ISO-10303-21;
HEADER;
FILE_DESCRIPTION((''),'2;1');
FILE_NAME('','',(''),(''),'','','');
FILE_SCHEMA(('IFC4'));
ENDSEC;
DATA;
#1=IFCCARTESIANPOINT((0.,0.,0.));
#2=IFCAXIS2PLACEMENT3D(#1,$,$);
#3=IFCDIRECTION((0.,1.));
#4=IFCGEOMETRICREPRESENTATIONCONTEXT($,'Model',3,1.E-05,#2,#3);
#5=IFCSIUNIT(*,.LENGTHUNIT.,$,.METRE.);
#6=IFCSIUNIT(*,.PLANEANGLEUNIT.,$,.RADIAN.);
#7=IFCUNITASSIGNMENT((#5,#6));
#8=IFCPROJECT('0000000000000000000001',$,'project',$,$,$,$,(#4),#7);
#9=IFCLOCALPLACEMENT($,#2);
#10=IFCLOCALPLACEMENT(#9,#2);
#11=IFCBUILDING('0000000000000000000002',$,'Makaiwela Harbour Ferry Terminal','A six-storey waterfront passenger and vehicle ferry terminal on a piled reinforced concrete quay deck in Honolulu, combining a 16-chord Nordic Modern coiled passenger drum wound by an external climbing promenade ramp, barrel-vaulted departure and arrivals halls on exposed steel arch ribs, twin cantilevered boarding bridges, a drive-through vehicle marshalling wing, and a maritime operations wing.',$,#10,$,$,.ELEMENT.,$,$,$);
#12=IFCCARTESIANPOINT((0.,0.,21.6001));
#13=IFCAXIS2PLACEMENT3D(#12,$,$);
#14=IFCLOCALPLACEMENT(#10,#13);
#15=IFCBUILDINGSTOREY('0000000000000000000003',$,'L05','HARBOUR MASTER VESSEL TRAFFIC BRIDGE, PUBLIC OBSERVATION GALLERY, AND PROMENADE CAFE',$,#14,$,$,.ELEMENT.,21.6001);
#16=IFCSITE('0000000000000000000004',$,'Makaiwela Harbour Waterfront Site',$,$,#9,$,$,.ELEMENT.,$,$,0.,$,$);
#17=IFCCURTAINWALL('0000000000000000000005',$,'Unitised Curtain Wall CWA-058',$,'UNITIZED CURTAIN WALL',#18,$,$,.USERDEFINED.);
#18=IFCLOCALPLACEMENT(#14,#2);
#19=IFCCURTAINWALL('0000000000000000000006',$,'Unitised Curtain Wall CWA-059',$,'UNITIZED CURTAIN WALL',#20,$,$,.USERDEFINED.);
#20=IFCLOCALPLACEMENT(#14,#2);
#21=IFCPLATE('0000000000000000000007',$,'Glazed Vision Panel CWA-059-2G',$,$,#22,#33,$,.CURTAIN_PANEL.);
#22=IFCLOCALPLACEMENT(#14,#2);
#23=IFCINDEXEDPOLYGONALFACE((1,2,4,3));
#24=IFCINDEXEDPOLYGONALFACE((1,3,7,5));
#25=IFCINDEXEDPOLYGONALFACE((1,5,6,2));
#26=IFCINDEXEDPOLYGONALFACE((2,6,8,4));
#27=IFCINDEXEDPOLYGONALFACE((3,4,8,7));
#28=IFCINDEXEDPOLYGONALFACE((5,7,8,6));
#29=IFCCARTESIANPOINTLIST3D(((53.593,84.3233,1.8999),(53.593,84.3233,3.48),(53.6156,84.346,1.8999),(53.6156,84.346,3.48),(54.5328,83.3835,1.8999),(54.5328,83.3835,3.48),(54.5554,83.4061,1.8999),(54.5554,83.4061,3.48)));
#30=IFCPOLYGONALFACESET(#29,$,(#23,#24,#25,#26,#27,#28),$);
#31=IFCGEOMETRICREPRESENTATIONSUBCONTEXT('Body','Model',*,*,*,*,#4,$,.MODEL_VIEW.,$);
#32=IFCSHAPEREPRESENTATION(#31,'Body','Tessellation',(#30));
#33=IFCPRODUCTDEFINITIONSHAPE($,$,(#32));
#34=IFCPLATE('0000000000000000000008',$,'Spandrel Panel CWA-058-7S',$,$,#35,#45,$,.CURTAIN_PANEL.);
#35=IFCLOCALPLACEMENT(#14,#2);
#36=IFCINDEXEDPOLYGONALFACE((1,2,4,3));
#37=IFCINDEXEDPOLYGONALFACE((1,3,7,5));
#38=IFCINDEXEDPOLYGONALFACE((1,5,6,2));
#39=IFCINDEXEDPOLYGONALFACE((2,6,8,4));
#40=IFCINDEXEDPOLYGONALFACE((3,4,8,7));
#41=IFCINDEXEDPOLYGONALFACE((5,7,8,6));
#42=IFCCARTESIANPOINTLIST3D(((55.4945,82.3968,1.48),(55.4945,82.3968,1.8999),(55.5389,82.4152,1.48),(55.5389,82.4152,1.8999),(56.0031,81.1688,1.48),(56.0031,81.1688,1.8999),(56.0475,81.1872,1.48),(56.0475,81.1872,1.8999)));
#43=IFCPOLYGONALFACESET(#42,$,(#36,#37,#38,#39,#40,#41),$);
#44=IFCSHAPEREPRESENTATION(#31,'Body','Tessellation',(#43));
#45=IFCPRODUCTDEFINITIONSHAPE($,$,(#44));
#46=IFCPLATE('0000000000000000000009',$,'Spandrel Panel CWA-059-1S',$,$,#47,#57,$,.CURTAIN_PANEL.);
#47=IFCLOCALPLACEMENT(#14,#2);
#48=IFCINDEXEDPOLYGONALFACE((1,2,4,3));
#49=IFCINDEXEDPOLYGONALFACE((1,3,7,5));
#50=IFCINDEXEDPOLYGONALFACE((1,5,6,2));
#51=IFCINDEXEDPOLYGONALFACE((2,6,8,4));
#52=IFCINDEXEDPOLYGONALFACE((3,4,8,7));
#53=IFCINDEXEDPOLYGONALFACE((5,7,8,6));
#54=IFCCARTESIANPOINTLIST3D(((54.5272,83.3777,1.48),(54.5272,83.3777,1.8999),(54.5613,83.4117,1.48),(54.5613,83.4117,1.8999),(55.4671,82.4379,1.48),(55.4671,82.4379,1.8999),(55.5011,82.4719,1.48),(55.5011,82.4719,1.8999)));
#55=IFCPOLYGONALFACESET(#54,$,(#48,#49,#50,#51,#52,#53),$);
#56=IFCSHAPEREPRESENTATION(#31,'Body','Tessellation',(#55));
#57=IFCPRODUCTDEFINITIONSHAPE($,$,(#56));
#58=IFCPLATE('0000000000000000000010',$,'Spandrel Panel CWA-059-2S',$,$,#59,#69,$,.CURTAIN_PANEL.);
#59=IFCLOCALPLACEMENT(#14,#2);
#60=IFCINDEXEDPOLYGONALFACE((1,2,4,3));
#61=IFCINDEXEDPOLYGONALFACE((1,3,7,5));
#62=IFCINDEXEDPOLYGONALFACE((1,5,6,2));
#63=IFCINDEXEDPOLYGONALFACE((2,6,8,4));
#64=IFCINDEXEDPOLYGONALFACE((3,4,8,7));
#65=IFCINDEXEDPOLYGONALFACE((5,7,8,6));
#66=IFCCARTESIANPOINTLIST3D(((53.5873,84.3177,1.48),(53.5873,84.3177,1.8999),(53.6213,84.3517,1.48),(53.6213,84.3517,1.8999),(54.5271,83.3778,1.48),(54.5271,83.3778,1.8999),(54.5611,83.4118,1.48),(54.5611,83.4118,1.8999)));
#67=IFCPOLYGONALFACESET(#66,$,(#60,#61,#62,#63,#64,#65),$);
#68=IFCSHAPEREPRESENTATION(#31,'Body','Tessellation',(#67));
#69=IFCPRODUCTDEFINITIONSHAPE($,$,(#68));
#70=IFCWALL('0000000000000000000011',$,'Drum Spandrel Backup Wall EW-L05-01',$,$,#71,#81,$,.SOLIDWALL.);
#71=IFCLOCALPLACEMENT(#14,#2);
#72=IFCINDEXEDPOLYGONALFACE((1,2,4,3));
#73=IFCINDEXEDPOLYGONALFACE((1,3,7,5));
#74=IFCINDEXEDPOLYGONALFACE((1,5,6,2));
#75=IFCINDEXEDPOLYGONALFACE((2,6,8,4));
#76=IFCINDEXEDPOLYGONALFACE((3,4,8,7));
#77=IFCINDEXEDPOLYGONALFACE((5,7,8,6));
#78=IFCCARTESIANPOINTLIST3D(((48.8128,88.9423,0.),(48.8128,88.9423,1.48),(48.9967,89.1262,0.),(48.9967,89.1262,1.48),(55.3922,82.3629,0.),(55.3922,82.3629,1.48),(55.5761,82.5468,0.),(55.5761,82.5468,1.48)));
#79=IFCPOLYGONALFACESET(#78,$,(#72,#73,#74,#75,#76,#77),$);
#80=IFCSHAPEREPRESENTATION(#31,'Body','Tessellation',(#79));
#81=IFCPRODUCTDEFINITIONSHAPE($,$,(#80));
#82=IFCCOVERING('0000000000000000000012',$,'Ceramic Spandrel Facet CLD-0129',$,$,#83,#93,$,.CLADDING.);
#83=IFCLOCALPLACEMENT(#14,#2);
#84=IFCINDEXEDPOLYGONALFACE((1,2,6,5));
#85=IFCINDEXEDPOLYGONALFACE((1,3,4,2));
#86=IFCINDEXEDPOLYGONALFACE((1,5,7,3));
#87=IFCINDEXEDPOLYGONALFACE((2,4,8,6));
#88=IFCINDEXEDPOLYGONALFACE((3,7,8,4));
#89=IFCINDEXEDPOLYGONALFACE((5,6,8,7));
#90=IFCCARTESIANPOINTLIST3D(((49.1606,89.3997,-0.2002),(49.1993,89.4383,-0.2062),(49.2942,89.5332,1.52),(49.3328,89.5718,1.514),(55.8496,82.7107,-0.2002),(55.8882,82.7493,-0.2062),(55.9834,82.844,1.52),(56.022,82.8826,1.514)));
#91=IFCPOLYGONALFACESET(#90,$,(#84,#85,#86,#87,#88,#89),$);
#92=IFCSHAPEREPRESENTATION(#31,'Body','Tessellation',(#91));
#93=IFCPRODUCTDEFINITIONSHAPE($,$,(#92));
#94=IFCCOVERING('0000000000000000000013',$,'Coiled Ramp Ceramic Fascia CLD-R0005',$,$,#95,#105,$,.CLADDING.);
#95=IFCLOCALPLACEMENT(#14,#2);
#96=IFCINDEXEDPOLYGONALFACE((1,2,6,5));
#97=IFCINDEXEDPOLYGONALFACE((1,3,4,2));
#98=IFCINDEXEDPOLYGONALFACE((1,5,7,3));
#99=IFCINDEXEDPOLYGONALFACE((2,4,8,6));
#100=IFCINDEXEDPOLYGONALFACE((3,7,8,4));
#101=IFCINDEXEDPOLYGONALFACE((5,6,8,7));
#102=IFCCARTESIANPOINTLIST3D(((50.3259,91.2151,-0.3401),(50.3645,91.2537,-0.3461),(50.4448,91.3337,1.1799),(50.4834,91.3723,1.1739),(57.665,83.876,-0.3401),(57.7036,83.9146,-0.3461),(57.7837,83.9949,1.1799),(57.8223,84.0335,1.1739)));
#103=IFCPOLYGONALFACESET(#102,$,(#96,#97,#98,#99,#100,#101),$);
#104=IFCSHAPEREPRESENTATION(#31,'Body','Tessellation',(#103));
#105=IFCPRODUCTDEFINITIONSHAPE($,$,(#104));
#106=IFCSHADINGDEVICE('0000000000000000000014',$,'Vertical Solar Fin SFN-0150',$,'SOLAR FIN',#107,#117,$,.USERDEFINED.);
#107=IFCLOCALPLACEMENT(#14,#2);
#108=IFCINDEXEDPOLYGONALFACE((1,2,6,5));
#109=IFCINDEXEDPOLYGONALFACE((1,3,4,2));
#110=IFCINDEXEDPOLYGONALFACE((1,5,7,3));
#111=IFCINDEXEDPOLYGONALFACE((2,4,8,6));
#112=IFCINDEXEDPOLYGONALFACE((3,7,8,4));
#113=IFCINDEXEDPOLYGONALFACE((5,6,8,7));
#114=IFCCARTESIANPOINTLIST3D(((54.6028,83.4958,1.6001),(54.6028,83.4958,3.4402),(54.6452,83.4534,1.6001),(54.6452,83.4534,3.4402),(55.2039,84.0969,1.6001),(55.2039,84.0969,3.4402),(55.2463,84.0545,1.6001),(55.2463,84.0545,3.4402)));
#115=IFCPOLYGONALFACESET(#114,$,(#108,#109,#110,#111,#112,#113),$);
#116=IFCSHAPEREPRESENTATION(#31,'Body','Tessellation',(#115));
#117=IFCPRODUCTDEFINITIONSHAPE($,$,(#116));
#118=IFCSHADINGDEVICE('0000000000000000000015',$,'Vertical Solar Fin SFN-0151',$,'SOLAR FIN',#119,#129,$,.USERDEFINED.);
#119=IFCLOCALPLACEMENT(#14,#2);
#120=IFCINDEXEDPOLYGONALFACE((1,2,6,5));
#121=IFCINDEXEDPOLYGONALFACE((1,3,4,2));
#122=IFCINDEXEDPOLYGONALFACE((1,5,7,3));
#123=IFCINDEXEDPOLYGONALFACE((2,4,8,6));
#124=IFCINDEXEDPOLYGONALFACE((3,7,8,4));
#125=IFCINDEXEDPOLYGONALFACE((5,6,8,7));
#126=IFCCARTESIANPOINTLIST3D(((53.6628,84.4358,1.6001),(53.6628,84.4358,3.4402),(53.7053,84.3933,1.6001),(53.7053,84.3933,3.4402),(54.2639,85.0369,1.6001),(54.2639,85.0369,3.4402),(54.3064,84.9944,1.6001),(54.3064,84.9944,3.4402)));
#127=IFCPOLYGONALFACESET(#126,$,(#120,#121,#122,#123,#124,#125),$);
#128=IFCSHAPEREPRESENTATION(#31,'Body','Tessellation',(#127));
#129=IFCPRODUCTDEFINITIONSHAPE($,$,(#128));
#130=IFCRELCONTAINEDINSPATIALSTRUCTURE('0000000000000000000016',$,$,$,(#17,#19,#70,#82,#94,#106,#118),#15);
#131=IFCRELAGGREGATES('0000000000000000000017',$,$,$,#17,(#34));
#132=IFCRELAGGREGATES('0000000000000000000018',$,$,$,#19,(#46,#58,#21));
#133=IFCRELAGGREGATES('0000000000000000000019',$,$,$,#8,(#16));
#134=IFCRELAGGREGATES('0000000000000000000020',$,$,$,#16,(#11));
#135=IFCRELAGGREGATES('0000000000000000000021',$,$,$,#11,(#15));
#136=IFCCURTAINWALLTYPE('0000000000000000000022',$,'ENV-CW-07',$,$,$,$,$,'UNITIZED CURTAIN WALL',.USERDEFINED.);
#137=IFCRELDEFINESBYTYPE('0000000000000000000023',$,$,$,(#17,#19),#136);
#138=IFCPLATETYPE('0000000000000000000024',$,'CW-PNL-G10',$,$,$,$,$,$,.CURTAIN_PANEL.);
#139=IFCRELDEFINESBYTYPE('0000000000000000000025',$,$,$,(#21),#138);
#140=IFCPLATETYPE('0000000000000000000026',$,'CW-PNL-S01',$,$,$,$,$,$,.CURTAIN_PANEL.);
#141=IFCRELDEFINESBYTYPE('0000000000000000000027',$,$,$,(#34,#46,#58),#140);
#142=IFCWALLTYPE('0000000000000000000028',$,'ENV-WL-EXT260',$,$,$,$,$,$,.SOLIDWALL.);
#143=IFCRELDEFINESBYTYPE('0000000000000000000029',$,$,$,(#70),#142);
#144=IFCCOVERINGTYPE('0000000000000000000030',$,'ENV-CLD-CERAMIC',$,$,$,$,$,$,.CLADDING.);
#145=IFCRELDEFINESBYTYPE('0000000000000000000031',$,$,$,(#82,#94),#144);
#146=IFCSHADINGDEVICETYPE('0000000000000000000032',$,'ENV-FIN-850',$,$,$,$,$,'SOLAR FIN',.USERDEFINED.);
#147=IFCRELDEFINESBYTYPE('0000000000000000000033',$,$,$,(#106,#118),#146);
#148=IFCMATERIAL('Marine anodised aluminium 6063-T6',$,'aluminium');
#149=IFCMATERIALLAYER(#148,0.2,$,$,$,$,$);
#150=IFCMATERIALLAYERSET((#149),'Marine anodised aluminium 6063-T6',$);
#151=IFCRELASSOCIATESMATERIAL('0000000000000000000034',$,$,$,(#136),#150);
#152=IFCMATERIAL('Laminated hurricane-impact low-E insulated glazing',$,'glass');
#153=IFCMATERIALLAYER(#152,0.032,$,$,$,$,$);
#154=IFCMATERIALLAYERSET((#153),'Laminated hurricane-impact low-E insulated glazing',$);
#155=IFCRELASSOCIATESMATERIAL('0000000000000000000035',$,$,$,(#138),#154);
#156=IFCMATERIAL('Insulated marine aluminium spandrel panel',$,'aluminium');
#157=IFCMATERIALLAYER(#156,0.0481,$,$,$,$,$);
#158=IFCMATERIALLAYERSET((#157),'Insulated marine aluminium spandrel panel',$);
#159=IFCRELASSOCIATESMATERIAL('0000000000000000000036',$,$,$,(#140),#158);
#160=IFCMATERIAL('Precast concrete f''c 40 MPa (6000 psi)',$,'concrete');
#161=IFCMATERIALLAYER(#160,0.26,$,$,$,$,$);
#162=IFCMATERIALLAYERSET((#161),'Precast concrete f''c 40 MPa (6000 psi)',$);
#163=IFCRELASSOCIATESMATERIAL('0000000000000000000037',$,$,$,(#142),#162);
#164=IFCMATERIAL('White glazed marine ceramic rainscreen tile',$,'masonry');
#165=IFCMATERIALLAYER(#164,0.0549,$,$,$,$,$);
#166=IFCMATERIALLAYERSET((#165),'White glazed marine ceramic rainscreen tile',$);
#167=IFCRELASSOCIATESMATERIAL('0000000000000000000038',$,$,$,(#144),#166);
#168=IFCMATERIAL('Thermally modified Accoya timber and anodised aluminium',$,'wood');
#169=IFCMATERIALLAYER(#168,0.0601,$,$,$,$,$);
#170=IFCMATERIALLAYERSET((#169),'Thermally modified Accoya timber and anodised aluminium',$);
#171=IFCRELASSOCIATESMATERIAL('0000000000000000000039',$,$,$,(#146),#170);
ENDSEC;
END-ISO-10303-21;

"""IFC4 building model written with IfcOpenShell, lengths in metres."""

from ifc_helpers import new_model, si_unit, direction, frame, frame_2d, origin, origin_2d, place, context, subcontext, project, spatial, polyline, rectangle, outline, extrude, material, layer, layer_set, type_object, element, aggregate, save


model = new_model("IFC4")

# Units and contexts
model_context = context("Model", 3, precision=1e-05, world=origin(), true_north=direction((0.0, 1.0)))
body_context = subcontext(model_context, "Body", "Model", "MODEL_VIEW")
ifc_project = project(units=[si_unit("LENGTHUNIT", "METRE"), si_unit("PLANEANGLEUNIT", "RADIAN")], contexts=[model_context])

# Site, building, storey
site_placement = place(None, origin())
site = spatial("IfcSite", under=ifc_project, at=site_placement, Name="Makaiwela Harbour Waterfront Site", CompositionType="ELEMENT", RefElevation=0.0)
building_placement = place(site_placement, origin())
building = spatial("IfcBuilding", under=site, at=building_placement, Name="Makaiwela Harbour Ferry Terminal", Description="A six-storey waterfront passenger and vehicle ferry terminal on a piled reinforced concrete quay deck in Honolulu, combining a 16-chord Nordic Modern coiled passenger drum wound by an external climbing promenade ramp, barrel-vaulted departure and arrivals halls on exposed steel arch ribs, twin cantilevered boarding bridges, a drive-through vehicle marshalling wing, and a maritime operations wing.", CompositionType="ELEMENT")
storey_placement = place(building_placement, frame((0.0, 0.0, 21.6001)))
storey = spatial("IfcBuildingStorey", under=building, at=storey_placement, Name="L05", Description="HARBOUR MASTER VESSEL TRAFFIC BRIDGE, PUBLIC OBSERVATION GALLERY, AND PROMENADE CAFE", CompositionType="ELEMENT", Elevation=21.6001)

# Curtain wall
ifc_material_1 = material(Name="Marine anodised aluminium 6063-T6", Category="aluminium")
ifc_layer_1 = layer(ifc_material_1, 0.2)
ifc_layer_set_1 = layer_set([ifc_layer_1], Name="Marine anodised aluminium 6063-T6")
curtain_wall_type = type_object("IfcCurtainWallType", Name="ENV-CW-07", ElementType="UNITIZED CURTAIN WALL", PredefinedType="USERDEFINED", material=ifc_layer_set_1)
curtain_wall_1_placement = place(storey_placement, origin())
curtain_wall_1 = element("IfcCurtainWall", 1, at=curtain_wall_1_placement, inside=storey, type_object=curtain_wall_type, Name="Unitised Curtain Wall CWA-058", ObjectType="UNITIZED CURTAIN WALL", PredefinedType="USERDEFINED")

# Curtain wall
curtain_wall_2_placement = place(storey_placement, origin())
curtain_wall_2 = element("IfcCurtainWall", 2, at=curtain_wall_2_placement, inside=storey, type_object=curtain_wall_type, Name="Unitised Curtain Wall CWA-059", ObjectType="UNITIZED CURTAIN WALL", PredefinedType="USERDEFINED")

# Plates
ifc_material_2 = material(Name="Laminated hurricane-impact low-E insulated glazing", Category="glass")
ifc_layer_2 = layer(ifc_material_2, 0.032)
ifc_layer_set_2 = layer_set([ifc_layer_2], Name="Laminated hurricane-impact low-E insulated glazing")
plate_type_1 = type_object("IfcPlateType", Name="CW-PNL-G10", PredefinedType="CURTAIN_PANEL", material=ifc_layer_set_2)
plate_1_placement = place(storey_placement, frame((54.0742, 83.8647, 1.8999), z_axis=(0.0, 0.0, 1.0), x_axis=(-0.707107, 0.707107, 0.0)))
plate_1 = element("IfcPlate", 3, at=plate_1_placement, type_object=plate_type_1, Name="Glazed Vision Panel CWA-059-2G", PredefinedType="CURTAIN_PANEL", context=body_context, shape_type="SweptSolid", body=[
    extrude(rectangle(XDim=1.3291, YDim=0.032, at=origin_2d()), origin(), (0.0, 0.0, 1.0), 1.5801),
])
ifc_material_3 = material(Name="Insulated marine aluminium spandrel panel", Category="aluminium")
ifc_layer_3 = layer(ifc_material_3, 0.0481)
ifc_layer_set_3 = layer_set([ifc_layer_3], Name="Insulated marine aluminium spandrel panel")
plate_type_2 = type_object("IfcPlateType", Name="CW-PNL-S01", PredefinedType="CURTAIN_PANEL", material=ifc_layer_set_3)
plate_2_placement = place(storey_placement, frame((55.771, 81.792, 1.48), z_axis=(0.0, 0.0, 1.0), x_axis=(-0.382683, 0.92388, 0.0)))
plate_2 = element("IfcPlate", 4, at=plate_2_placement, type_object=plate_type_2, Name="Spandrel Panel CWA-058-7S", PredefinedType="CURTAIN_PANEL", context=body_context, shape_type="SweptSolid", body=[
    extrude(rectangle(XDim=1.3291, YDim=0.0481, at=origin_2d()), origin(), (0.0, 0.0, 1.0), 0.4199),
])
aggregate(curtain_wall_1, [plate_2])
plate_3_placement = place(storey_placement, frame((55.0142, 82.9248, 1.48), z_axis=(0.0, 0.0, 1.0), x_axis=(-0.707107, 0.707107, 0.0)))
plate_3 = element("IfcPlate", 5, at=plate_3_placement, type_object=plate_type_2, Name="Spandrel Panel CWA-059-1S", PredefinedType="CURTAIN_PANEL", context=body_context, shape_type="SweptSolid", body=[
    extrude(rectangle(XDim=1.3291, YDim=0.0481, at=origin_2d()), origin(), (0.0, 0.0, 1.0), 0.4199),
])
plate_4_placement = place(storey_placement, frame((54.0742, 83.8647, 1.48), z_axis=(0.0, 0.0, 1.0), x_axis=(-0.707107, 0.707107, 0.0)))
plate_4 = element("IfcPlate", 6, at=plate_4_placement, type_object=plate_type_2, Name="Spandrel Panel CWA-059-2S", PredefinedType="CURTAIN_PANEL", context=body_context, shape_type="SweptSolid", body=[
    extrude(rectangle(XDim=1.3291, YDim=0.0481, at=origin_2d()), origin(), (0.0, 0.0, 1.0), 0.4199),
])
aggregate(curtain_wall_2, [plate_3, plate_4, plate_1])

# Wall
ifc_material_4 = material(Name="Precast concrete f'c 40 MPa (6000 psi)", Category="concrete")
ifc_layer_4 = layer(ifc_material_4, 0.26)
ifc_layer_set_4 = layer_set([ifc_layer_4], Name="Precast concrete f'c 40 MPa (6000 psi)")
wall_type = type_object("IfcWallType", Name="ENV-WL-EXT260", PredefinedType="SOLIDWALL", material=ifc_layer_set_4)
wall_placement = place(storey_placement, frame((55.4841, 82.4548, 0.0), z_axis=(0.0, 0.0, 1.0), x_axis=(-0.707107, 0.707107, 0.0)))
element("IfcWall", 7, at=wall_placement, inside=storey, type_object=wall_type, Name="Drum Spandrel Backup Wall EW-L05-01", PredefinedType="SOLIDWALL", context=body_context, shape_type="SweptSolid", body=[
    extrude(rectangle(XDim=9.3047, YDim=0.26, at=frame_2d((4.6523, 0.0))), origin(), (0.0, 0.0, 1.0), 1.48),
])

# Coverings
ifc_material_5 = material(Name="White glazed marine ceramic rainscreen tile", Category="masonry")
ifc_layer_5 = layer(ifc_material_5, 0.0549)
ifc_layer_set_5 = layer_set([ifc_layer_5], Name="White glazed marine ceramic rainscreen tile")
covering_type = type_object("IfcCoveringType", Name="ENV-CLD-CERAMIC", PredefinedType="CLADDING", material=ifc_layer_set_5)
covering_1_placement = place(storey_placement, frame((55.8496, 82.7107, -0.2002), z_axis=(-0.702883, -0.702883, 0.109133), x_axis=(-0.707107, 0.707107, 0.0)))
element("IfcCovering", 8, at=covering_1_placement, inside=storey, type_object=covering_type, Name="Ceramic Spandrel Facet CLD-0129", PredefinedType="CLADDING", context=body_context, shape_type="SweptSolid", body=[
    extrude(outline(polyline([(0.0, 0.0), (9.4596, 0.0), (9.4596, -1.7306), (-0.0003, -1.7306), (0.0, 0.0)])), origin(), (0.0, 0.0, -1.0), 0.0549),
])
covering_2_placement = place(storey_placement, frame((57.665, 83.876, -0.3401), z_axis=(-0.702828, -0.702828, 0.109838), x_axis=(-0.707107, 0.707107, 0.0)))
element("IfcCovering", 9, at=covering_2_placement, inside=storey, type_object=covering_type, Name="Coiled Ramp Ceramic Fascia CLD-R0005", PredefinedType="CLADDING", context=body_context, shape_type="SweptSolid", body=[
    extrude(outline(polyline([(0.0, 0.0), (10.3791, 0.0), (10.3789, -1.5293), (0.0002, -1.5293), (0.0, 0.0)])), origin(), (0.0, 0.0, -1.0), 0.0549),
])

# Shading devices
ifc_material_6 = material(Name="Thermally modified Accoya timber and anodised aluminium", Category="wood")
ifc_layer_6 = layer(ifc_material_6, 0.0601)
ifc_layer_set_6 = layer_set([ifc_layer_6], Name="Thermally modified Accoya timber and anodised aluminium")
shading_device_type = type_object("IfcShadingDeviceType", Name="ENV-FIN-850", ElementType="SOLAR FIN", PredefinedType="USERDEFINED", material=ifc_layer_set_6)
for number, where, z_axis, x_axis, name in (
    (10, (54.9246, 83.7751, 1.6001), (0.0, 0.0, 1.0), (0.707107, 0.707107, 0.0), "Vertical Solar Fin SFN-0150"),
    (11, (53.9846, 84.7151, 1.6001), (0.0, 0.0, 1.0), (0.707107, 0.707107, 0.0), "Vertical Solar Fin SFN-0151"),
):
    element("IfcShadingDevice", number, at=place(storey_placement, frame(where, z_axis=z_axis, x_axis=x_axis)), inside=storey, type_object=shading_device_type, Name=name, ObjectType="SOLAR FIN", PredefinedType="USERDEFINED", context=body_context, shape_type="SweptSolid", body=[
        extrude(rectangle(XDim=0.8501, YDim=0.0601, at=origin_2d()), origin(), (0.0, 0.0, 1.0), 1.8401),
    ])

save(model, "model.ifc")
